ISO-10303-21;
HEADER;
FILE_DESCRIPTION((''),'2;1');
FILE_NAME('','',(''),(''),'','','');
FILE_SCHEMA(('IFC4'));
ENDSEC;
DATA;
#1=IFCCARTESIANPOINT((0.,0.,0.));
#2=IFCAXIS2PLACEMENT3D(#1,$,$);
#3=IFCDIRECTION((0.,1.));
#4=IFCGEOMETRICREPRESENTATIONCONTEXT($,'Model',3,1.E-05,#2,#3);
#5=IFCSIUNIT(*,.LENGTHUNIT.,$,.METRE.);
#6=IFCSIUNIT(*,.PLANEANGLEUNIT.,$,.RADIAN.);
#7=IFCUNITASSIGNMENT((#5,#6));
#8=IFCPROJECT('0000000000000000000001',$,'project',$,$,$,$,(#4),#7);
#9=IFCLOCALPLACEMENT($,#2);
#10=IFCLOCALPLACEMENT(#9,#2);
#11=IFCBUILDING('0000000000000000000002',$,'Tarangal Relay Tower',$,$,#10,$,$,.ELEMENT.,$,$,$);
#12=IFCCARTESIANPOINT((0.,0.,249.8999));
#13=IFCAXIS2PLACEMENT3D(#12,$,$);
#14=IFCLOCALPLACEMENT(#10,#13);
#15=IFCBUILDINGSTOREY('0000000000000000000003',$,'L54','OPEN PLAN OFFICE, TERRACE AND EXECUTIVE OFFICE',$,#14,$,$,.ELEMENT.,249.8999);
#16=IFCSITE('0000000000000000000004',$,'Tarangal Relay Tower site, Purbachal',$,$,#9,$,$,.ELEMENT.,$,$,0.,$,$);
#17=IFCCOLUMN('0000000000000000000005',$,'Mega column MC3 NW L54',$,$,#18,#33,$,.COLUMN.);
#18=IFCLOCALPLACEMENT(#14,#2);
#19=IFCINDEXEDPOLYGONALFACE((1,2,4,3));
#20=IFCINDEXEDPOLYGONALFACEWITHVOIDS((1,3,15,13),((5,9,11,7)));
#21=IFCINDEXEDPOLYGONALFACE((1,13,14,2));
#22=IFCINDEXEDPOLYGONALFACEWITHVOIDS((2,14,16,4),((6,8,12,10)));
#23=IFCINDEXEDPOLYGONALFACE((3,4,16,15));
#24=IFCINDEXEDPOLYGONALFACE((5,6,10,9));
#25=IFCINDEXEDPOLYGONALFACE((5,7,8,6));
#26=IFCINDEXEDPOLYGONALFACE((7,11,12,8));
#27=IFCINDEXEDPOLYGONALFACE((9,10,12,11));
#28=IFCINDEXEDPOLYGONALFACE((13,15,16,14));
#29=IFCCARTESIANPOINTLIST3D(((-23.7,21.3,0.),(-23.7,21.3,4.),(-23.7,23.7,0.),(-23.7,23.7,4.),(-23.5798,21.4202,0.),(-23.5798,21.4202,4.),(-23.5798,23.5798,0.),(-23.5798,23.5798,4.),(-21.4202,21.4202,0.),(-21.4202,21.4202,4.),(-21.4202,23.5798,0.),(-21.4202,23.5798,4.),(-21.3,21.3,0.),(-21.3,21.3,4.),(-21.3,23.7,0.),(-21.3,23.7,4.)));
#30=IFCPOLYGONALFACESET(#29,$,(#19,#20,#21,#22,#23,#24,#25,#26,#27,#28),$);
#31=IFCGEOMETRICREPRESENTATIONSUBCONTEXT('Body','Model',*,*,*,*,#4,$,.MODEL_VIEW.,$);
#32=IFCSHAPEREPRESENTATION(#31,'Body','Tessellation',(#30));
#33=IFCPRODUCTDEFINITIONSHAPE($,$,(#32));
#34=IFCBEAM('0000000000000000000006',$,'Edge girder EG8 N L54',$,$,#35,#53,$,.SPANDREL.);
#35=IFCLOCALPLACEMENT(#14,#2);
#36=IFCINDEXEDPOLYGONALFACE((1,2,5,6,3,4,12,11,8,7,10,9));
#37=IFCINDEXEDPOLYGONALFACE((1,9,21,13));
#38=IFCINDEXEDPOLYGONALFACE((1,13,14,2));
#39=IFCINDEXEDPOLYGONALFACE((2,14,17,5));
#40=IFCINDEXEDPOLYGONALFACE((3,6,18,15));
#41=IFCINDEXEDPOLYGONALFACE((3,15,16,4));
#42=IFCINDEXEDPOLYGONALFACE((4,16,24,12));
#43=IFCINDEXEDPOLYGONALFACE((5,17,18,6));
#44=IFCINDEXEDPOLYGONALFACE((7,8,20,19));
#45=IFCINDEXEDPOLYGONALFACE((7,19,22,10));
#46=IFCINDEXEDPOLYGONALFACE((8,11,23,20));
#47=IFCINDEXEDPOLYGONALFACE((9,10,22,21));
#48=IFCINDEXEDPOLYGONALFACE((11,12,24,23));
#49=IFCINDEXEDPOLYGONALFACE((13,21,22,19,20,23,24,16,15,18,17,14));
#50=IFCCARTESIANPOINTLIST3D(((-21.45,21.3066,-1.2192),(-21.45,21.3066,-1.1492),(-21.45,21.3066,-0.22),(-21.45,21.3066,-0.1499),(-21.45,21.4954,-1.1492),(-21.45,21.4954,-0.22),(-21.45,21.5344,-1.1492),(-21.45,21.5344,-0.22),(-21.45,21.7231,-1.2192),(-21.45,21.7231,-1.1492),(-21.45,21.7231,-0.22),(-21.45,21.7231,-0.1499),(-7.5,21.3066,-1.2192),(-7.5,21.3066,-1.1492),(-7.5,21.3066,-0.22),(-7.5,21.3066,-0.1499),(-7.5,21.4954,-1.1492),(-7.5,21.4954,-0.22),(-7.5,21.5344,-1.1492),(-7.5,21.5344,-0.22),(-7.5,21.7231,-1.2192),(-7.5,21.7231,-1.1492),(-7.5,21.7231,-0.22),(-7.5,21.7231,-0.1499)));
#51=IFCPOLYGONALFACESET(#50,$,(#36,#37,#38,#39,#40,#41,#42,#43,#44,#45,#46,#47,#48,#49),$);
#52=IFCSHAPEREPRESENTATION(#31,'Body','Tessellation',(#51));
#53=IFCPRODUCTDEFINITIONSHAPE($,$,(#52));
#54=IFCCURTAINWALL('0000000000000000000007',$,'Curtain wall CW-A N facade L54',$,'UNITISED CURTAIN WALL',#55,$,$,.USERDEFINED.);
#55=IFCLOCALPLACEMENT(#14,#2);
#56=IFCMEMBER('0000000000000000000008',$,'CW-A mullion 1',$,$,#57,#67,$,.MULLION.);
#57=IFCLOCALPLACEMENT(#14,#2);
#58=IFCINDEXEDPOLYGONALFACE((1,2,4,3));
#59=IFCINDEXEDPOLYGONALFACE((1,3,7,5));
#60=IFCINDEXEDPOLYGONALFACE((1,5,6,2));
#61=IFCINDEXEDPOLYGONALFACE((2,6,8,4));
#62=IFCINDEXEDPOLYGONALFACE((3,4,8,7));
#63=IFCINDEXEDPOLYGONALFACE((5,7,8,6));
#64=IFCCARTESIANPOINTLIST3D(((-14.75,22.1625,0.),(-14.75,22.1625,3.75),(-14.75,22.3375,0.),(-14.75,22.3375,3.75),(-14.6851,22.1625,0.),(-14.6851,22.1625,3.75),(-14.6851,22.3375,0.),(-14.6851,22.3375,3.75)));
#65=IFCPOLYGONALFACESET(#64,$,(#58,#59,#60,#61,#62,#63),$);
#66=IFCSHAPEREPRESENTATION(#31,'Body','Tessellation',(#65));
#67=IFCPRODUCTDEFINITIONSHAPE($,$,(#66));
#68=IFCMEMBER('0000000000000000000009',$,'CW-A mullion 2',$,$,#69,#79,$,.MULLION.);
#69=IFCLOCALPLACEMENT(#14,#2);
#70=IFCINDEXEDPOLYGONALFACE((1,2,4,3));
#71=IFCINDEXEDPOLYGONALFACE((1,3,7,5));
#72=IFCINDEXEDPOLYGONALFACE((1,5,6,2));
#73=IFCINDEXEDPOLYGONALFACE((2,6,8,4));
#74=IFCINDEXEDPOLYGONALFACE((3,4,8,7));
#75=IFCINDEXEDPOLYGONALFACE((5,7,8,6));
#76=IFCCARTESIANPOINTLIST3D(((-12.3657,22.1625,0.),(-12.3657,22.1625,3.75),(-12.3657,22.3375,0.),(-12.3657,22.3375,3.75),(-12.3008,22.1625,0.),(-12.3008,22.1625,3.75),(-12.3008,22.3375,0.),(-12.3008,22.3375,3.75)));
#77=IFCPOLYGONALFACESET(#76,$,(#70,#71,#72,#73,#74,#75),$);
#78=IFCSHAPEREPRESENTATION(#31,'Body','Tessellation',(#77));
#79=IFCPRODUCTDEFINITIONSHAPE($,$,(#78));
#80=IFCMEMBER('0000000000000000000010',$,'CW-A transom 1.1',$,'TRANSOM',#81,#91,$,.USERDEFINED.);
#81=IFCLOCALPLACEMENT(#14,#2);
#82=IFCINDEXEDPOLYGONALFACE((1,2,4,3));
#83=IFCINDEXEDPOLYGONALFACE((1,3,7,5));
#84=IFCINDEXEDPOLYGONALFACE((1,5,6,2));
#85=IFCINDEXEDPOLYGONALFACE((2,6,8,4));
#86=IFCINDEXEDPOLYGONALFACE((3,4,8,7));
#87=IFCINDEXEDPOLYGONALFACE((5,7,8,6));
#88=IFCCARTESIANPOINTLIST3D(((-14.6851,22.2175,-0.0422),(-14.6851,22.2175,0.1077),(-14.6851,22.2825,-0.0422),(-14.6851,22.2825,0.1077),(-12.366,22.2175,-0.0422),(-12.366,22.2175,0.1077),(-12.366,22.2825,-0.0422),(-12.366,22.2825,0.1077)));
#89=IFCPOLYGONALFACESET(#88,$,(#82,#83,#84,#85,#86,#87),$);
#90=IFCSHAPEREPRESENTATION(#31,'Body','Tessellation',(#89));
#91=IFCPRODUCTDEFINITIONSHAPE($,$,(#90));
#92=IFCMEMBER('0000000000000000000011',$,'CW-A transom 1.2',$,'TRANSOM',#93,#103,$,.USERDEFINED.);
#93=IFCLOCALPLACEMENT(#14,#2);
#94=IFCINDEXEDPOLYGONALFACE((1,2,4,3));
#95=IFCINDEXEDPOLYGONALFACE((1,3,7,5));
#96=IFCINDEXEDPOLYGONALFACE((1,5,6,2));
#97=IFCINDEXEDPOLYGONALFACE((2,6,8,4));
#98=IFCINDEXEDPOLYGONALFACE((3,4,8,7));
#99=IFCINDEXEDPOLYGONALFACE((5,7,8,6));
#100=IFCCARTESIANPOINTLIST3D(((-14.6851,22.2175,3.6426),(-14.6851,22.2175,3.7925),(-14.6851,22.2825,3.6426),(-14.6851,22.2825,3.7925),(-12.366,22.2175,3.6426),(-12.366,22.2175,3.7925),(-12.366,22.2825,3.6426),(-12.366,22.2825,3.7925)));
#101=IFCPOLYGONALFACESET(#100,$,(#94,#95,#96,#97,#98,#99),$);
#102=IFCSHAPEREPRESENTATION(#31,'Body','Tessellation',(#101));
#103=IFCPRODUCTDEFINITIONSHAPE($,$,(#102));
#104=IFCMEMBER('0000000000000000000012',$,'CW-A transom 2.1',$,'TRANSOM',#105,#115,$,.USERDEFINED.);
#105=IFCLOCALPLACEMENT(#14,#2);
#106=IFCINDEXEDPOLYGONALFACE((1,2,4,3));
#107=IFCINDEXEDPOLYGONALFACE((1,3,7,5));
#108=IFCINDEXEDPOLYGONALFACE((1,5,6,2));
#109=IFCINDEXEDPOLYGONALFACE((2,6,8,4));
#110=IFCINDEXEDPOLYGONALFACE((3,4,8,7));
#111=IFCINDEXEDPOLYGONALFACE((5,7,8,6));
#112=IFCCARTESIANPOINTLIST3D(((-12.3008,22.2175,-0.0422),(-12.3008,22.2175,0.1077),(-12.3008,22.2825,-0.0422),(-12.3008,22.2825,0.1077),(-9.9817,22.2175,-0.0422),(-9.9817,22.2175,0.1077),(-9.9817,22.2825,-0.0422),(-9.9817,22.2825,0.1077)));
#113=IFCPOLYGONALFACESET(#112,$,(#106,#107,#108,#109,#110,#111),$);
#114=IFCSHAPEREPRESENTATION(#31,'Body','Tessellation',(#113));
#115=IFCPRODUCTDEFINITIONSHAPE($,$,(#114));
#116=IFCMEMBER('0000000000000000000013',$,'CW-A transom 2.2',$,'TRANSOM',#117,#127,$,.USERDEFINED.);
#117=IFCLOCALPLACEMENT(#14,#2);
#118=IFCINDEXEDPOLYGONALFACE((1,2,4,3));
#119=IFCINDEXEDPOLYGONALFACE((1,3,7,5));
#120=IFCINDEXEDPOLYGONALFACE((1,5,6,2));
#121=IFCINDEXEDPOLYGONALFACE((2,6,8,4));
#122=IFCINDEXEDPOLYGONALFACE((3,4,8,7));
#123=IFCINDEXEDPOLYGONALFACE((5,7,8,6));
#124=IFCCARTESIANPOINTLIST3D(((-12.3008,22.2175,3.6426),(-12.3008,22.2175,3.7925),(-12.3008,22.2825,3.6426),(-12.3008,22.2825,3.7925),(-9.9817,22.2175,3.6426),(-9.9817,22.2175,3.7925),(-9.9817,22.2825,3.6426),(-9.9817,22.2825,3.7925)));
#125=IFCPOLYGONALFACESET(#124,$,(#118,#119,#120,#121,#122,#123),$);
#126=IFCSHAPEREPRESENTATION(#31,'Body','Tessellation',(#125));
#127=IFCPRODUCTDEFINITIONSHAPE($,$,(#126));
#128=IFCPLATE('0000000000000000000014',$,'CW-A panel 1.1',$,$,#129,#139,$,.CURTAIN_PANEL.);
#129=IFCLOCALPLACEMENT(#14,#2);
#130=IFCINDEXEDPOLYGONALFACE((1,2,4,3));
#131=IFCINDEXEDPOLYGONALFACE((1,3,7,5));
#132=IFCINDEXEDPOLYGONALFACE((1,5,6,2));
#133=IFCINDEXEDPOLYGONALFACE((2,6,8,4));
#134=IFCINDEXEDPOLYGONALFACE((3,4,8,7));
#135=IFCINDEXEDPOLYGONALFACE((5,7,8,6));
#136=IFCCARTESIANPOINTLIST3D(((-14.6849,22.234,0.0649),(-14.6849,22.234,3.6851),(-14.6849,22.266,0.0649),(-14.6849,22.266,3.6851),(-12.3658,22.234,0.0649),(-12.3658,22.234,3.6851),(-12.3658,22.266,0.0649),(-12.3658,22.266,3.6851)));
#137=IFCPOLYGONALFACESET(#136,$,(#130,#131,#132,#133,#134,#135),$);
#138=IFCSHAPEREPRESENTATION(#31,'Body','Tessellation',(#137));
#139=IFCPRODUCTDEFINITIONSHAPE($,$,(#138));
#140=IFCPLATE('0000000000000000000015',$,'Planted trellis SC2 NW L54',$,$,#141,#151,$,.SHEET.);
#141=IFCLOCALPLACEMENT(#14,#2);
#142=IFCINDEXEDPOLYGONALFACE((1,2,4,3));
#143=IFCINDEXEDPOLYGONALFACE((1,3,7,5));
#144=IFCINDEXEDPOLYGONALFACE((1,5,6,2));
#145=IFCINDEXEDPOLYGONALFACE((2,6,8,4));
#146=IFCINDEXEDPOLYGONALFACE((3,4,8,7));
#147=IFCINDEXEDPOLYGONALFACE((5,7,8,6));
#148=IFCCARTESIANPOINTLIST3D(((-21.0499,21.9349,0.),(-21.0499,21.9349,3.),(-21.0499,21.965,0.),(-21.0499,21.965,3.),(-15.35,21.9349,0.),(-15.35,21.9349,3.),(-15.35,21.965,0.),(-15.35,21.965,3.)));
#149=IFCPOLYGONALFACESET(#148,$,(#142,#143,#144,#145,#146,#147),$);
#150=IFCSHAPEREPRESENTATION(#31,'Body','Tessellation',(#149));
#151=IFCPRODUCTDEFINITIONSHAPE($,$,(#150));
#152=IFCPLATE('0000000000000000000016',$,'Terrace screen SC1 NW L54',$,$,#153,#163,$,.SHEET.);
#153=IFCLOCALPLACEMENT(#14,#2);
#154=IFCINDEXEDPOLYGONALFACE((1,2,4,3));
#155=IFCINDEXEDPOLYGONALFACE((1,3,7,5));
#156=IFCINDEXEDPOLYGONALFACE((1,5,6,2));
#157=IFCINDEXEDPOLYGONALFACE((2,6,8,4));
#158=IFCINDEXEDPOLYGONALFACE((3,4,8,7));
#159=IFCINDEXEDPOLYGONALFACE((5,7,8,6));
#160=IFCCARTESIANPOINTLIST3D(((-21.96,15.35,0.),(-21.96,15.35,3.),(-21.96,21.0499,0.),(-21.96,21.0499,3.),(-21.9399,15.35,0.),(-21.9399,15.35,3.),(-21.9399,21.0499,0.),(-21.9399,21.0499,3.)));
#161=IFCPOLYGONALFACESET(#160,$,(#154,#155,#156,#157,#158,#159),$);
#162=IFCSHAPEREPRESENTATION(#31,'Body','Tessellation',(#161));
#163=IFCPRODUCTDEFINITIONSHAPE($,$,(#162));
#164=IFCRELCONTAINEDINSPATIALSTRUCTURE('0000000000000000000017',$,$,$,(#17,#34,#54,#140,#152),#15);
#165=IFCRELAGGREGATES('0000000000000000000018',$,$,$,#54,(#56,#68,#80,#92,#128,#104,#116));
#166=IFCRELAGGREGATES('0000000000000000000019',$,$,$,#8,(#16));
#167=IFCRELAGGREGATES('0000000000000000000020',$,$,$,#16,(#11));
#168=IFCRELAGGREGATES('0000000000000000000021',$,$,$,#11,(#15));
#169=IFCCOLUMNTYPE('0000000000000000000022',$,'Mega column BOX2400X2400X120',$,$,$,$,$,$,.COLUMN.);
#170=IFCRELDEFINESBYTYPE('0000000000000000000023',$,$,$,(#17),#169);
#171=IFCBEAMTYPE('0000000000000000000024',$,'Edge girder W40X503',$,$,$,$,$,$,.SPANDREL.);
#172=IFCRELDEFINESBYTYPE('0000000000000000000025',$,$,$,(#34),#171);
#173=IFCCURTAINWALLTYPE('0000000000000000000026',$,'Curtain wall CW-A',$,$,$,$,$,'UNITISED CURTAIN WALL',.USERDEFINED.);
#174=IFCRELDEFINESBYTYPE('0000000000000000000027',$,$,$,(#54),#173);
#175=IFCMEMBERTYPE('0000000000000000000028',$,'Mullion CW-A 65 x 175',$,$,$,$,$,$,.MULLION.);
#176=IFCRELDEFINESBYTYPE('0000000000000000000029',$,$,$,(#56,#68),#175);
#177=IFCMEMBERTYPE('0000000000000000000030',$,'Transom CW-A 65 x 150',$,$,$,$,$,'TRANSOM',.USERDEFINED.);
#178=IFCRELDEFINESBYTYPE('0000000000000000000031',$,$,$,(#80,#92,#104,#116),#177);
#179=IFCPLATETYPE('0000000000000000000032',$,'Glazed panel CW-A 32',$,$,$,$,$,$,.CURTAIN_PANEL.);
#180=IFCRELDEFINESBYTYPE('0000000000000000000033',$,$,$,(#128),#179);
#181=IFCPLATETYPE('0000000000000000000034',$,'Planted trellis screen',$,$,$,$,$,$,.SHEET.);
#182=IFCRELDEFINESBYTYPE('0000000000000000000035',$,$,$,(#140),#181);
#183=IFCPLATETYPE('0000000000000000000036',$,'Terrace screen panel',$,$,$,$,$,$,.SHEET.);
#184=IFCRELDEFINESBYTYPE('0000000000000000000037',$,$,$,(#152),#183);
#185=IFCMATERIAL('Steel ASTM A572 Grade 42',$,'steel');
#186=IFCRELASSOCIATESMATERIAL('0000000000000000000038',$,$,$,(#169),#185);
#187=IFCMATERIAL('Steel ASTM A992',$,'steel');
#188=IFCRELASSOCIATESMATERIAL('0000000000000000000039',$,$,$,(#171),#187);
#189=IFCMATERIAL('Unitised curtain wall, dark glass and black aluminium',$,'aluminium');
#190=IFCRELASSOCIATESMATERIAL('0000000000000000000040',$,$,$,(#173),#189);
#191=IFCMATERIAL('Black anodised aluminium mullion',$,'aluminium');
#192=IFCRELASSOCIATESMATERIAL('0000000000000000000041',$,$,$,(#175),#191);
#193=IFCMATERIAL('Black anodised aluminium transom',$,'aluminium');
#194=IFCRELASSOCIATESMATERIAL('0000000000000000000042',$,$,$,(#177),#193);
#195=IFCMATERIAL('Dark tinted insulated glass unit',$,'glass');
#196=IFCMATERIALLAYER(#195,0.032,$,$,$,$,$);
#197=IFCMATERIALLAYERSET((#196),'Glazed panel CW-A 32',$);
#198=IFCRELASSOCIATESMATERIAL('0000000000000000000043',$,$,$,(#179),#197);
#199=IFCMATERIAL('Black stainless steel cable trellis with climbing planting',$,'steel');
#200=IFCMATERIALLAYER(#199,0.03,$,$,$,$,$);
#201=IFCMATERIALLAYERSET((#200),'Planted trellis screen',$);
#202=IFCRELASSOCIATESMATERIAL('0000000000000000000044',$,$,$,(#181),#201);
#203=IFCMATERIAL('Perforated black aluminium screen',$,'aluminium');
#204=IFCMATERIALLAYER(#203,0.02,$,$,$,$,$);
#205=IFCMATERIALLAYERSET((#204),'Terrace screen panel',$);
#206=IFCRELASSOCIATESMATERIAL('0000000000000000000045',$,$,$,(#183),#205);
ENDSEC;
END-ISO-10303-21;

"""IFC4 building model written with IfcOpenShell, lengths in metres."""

from ifc_helpers import new_model, si_unit, direction, frame, origin, origin_2d, place, context, subcontext, project, spatial, rectangle, hollow_rectangle, i_section, extrude, material, layer, layer_set, material_profile, profile_set, type_object, element, aggregate, save


model = new_model("IFC4")

# Units and contexts
model_context = context("Model", 3, precision=1e-05, world=origin(), true_north=direction((0.0, 1.0)))
body_context = subcontext(model_context, "Body", "Model", "MODEL_VIEW")
ifc_project = project(units=[si_unit("LENGTHUNIT", "METRE"), si_unit("PLANEANGLEUNIT", "RADIAN")], contexts=[model_context])

# Site, building, storey
site_placement = place(None, origin())
site = spatial("IfcSite", under=ifc_project, at=site_placement, Name="Tarangal Relay Tower site, Purbachal", CompositionType="ELEMENT", RefElevation=0.0)
building_placement = place(site_placement, origin())
building = spatial("IfcBuilding", under=site, at=building_placement, Name="Tarangal Relay Tower", CompositionType="ELEMENT")
storey_placement = place(building_placement, frame((0.0, 0.0, 249.8999)))
storey = spatial("IfcBuildingStorey", under=building, at=storey_placement, Name="L54", Description="OPEN PLAN OFFICE, TERRACE AND EXECUTIVE OFFICE", CompositionType="ELEMENT", Elevation=249.8999)

# Column
ifc_material_1 = material(Name="Steel ASTM A572 Grade 42", Category="steel")
ifc_material_profile_1 = material_profile(ifc_material_1, hollow_rectangle(XDim=2.3999, YDim=2.3999, WallThickness=0.1201, at=origin_2d()), Name="BOX2400X2400X120")
ifc_profile_set_1 = profile_set([ifc_material_profile_1], Name="Steel ASTM A572 Grade 42")
column_type = type_object("IfcColumnType", Name="Mega column BOX2400X2400X120", PredefinedType="COLUMN", material=ifc_profile_set_1)
column_placement = place(storey_placement, frame((-22.5, 22.5, 0.0), z_axis=(0.0, 0.0, 1.0), x_axis=(1.0, 0.0, 0.0)))
element("IfcColumn", 1, at=column_placement, inside=storey, type_object=column_type, Name="Mega column MC3 NW L54", PredefinedType="COLUMN", context=body_context, shape_type="SweptSolid", body=[
    extrude(hollow_rectangle(XDim=2.3999, YDim=2.3999, WallThickness=0.1201, at=origin_2d()), origin(), (0.0, 0.0, 1.0), 4.0),
])

# Beam
ifc_material_2 = material(Name="Steel ASTM A992", Category="steel")
ifc_material_profile_2 = material_profile(ifc_material_2, i_section(OverallWidth=0.4165, OverallDepth=1.0693, WebThickness=0.0391, FlangeThickness=0.0701, at=origin_2d()), Name="W40X503")
ifc_profile_set_2 = profile_set([ifc_material_profile_2], Name="Steel ASTM A992")
beam_type = type_object("IfcBeamType", Name="Edge girder W40X503", PredefinedType="SPANDREL", material=ifc_profile_set_2)
beam_placement = place(storey_placement, frame((-21.45, 21.5149, -0.6846), z_axis=(1.0, 0.0, 0.0), x_axis=(0.0, 1.0, 0.0)))
element("IfcBeam", 2, at=beam_placement, inside=storey, type_object=beam_type, Name="Edge girder EG8 N L54", PredefinedType="SPANDREL", context=body_context, shape_type="SweptSolid", body=[
    extrude(i_section(OverallWidth=0.4165, OverallDepth=1.0693, WebThickness=0.0391, FlangeThickness=0.0701, at=origin_2d()), origin(), (0.0, 0.0, 1.0), 13.95),
])

# Curtain wall, members, plate
ifc_material_3 = material(Name="Unitised curtain wall, dark glass and black aluminium", Category="aluminium")
curtain_wall_type = type_object("IfcCurtainWallType", Name="Curtain wall CW-A", ElementType="UNITISED CURTAIN WALL", PredefinedType="USERDEFINED", material=ifc_material_3)
curtain_wall_placement = place(storey_placement, origin())
curtain_wall = element("IfcCurtainWall", 3, at=curtain_wall_placement, inside=storey, type_object=curtain_wall_type, Name="Curtain wall CW-A N facade L54", ObjectType="UNITISED CURTAIN WALL", PredefinedType="USERDEFINED")
ifc_material_4 = material(Name="Black anodised aluminium mullion", Category="aluminium")
ifc_material_profile_3 = material_profile(ifc_material_4, rectangle(XDim=0.175, YDim=0.0649, at=origin_2d()), Name="CW-AM 65X175")
ifc_profile_set_3 = profile_set([ifc_material_profile_3], Name="Black anodised aluminium mullion")
member_type_1 = type_object("IfcMemberType", Name="Mullion CW-A 65 x 175", PredefinedType="MULLION", material=ifc_profile_set_3)
member_1_placement = place(storey_placement, frame((-14.7175, 22.25, 0.0), z_axis=(0.0, 0.0, 1.0), x_axis=(0.0, 1.0, 0.0)))
member_1 = element("IfcMember", 4, at=member_1_placement, type_object=member_type_1, Name="CW-A mullion 1", PredefinedType="MULLION", context=body_context, shape_type="SweptSolid", body=[
    extrude(rectangle(XDim=0.175, YDim=0.0649, at=origin_2d()), origin(), (0.0, 0.0, 1.0), 3.75),
])
member_2_placement = place(storey_placement, frame((-12.3333, 22.25, 0.0), z_axis=(0.0, 0.0, 1.0), x_axis=(0.0, 1.0, 0.0)))
member_2 = element("IfcMember", 5, at=member_2_placement, type_object=member_type_1, Name="CW-A mullion 2", PredefinedType="MULLION", context=body_context, shape_type="SweptSolid", body=[
    extrude(rectangle(XDim=0.175, YDim=0.0649, at=origin_2d()), origin(), (0.0, 0.0, 1.0), 3.75),
])
ifc_material_5 = material(Name="Black anodised aluminium transom", Category="aluminium")
ifc_material_profile_4 = material_profile(ifc_material_5, rectangle(XDim=0.0649, YDim=0.1499, at=origin_2d()), Name="CW-AT 65X150")
ifc_profile_set_4 = profile_set([ifc_material_profile_4], Name="Black anodised aluminium transom")
member_type_2 = type_object("IfcMemberType", Name="Transom CW-A 65 x 150", ElementType="TRANSOM", PredefinedType="USERDEFINED", material=ifc_profile_set_4)
member_3_placement = place(storey_placement, frame((-14.6851, 22.25, 0.0327), z_axis=(1.0, 0.0, 0.0), x_axis=(0.0, 1.0, 0.0)))
member_3 = element("IfcMember", 6, at=member_3_placement, type_object=member_type_2, Name="CW-A transom 1.1", ObjectType="TRANSOM", PredefinedType="USERDEFINED", context=body_context, shape_type="SweptSolid", body=[
    extrude(rectangle(XDim=0.0649, YDim=0.1499, at=origin_2d()), origin(), (0.0, 0.0, 1.0), 2.3191),
])
member_4_placement = place(storey_placement, frame((-14.6851, 22.25, 3.7175), z_axis=(1.0, 0.0, 0.0), x_axis=(0.0, 1.0, 0.0)))
member_4 = element("IfcMember", 7, at=member_4_placement, type_object=member_type_2, Name="CW-A transom 1.2", ObjectType="TRANSOM", PredefinedType="USERDEFINED", context=body_context, shape_type="SweptSolid", body=[
    extrude(rectangle(XDim=0.0649, YDim=0.1499, at=origin_2d()), origin(), (0.0, 0.0, 1.0), 2.3191),
])
member_5_placement = place(storey_placement, frame((-12.3008, 22.25, 0.0327), z_axis=(1.0, 0.0, 0.0), x_axis=(0.0, 1.0, 0.0)))
member_5 = element("IfcMember", 8, at=member_5_placement, type_object=member_type_2, Name="CW-A transom 2.1", ObjectType="TRANSOM", PredefinedType="USERDEFINED", context=body_context, shape_type="SweptSolid", body=[
    extrude(rectangle(XDim=0.0649, YDim=0.1499, at=origin_2d()), origin(), (0.0, 0.0, 1.0), 2.3191),
])
member_6_placement = place(storey_placement, frame((-12.3008, 22.25, 3.7175), z_axis=(1.0, 0.0, 0.0), x_axis=(0.0, 1.0, 0.0)))
member_6 = element("IfcMember", 9, at=member_6_placement, type_object=member_type_2, Name="CW-A transom 2.2", ObjectType="TRANSOM", PredefinedType="USERDEFINED", context=body_context, shape_type="SweptSolid", body=[
    extrude(rectangle(XDim=0.0649, YDim=0.1499, at=origin_2d()), origin(), (0.0, 0.0, 1.0), 2.3191),
])
ifc_material_6 = material(Name="Dark tinted insulated glass unit", Category="glass")
ifc_layer_1 = layer(ifc_material_6, 0.032)
ifc_layer_set_1 = layer_set([ifc_layer_1], Name="Glazed panel CW-A 32")
plate_type_1 = type_object("IfcPlateType", Name="Glazed panel CW-A 32", PredefinedType="CURTAIN_PANEL", material=ifc_layer_set_1)
plate_1_placement = place(storey_placement, frame((-13.5254, 22.25, 0.0649), z_axis=(0.0, 0.0, 1.0), x_axis=(1.0, 0.0, 0.0)))
plate_1 = element("IfcPlate", 10, at=plate_1_placement, type_object=plate_type_1, Name="CW-A panel 1.1", PredefinedType="CURTAIN_PANEL", context=body_context, shape_type="SweptSolid", body=[
    extrude(rectangle(XDim=2.3191, YDim=0.032, at=origin_2d()), origin(), (0.0, 0.0, 1.0), 3.6201),
])
aggregate(curtain_wall, [member_1, member_2, member_3, member_4, plate_1, member_5, member_6])

# Plates
ifc_material_7 = material(Name="Black stainless steel cable trellis with climbing planting", Category="steel")
ifc_layer_2 = layer(ifc_material_7, 0.03)
ifc_layer_set_2 = layer_set([ifc_layer_2], Name="Planted trellis screen")
plate_type_2 = type_object("IfcPlateType", Name="Planted trellis screen", PredefinedType="SHEET", material=ifc_layer_set_2)
plate_2_placement = place(storey_placement, frame((-18.2, 21.95, 0.0), z_axis=(0.0, 0.0, 1.0), x_axis=(1.0, 0.0, 0.0)))
element("IfcPlate", 11, at=plate_2_placement, inside=storey, type_object=plate_type_2, Name="Planted trellis SC2 NW L54", PredefinedType="SHEET", context=body_context, shape_type="SweptSolid", body=[
    extrude(rectangle(XDim=5.7, YDim=0.03, at=origin_2d()), origin(), (0.0, 0.0, 1.0), 3.0),
])
ifc_material_8 = material(Name="Perforated black aluminium screen", Category="aluminium")
ifc_layer_3 = layer(ifc_material_8, 0.02)
ifc_layer_set_3 = layer_set([ifc_layer_3], Name="Terrace screen panel")
plate_type_3 = type_object("IfcPlateType", Name="Terrace screen panel", PredefinedType="SHEET", material=ifc_layer_set_3)
plate_3_placement = place(storey_placement, frame((-21.95, 18.2, 0.0), z_axis=(0.0, 0.0, 1.0), x_axis=(0.0, 1.0, 0.0)))
element("IfcPlate", 12, at=plate_3_placement, inside=storey, type_object=plate_type_3, Name="Terrace screen SC1 NW L54", PredefinedType="SHEET", context=body_context, shape_type="SweptSolid", body=[
    extrude(rectangle(XDim=5.7, YDim=0.02, at=origin_2d()), origin(), (0.0, 0.0, 1.0), 3.0),
])

save(model, "model.ifc")
